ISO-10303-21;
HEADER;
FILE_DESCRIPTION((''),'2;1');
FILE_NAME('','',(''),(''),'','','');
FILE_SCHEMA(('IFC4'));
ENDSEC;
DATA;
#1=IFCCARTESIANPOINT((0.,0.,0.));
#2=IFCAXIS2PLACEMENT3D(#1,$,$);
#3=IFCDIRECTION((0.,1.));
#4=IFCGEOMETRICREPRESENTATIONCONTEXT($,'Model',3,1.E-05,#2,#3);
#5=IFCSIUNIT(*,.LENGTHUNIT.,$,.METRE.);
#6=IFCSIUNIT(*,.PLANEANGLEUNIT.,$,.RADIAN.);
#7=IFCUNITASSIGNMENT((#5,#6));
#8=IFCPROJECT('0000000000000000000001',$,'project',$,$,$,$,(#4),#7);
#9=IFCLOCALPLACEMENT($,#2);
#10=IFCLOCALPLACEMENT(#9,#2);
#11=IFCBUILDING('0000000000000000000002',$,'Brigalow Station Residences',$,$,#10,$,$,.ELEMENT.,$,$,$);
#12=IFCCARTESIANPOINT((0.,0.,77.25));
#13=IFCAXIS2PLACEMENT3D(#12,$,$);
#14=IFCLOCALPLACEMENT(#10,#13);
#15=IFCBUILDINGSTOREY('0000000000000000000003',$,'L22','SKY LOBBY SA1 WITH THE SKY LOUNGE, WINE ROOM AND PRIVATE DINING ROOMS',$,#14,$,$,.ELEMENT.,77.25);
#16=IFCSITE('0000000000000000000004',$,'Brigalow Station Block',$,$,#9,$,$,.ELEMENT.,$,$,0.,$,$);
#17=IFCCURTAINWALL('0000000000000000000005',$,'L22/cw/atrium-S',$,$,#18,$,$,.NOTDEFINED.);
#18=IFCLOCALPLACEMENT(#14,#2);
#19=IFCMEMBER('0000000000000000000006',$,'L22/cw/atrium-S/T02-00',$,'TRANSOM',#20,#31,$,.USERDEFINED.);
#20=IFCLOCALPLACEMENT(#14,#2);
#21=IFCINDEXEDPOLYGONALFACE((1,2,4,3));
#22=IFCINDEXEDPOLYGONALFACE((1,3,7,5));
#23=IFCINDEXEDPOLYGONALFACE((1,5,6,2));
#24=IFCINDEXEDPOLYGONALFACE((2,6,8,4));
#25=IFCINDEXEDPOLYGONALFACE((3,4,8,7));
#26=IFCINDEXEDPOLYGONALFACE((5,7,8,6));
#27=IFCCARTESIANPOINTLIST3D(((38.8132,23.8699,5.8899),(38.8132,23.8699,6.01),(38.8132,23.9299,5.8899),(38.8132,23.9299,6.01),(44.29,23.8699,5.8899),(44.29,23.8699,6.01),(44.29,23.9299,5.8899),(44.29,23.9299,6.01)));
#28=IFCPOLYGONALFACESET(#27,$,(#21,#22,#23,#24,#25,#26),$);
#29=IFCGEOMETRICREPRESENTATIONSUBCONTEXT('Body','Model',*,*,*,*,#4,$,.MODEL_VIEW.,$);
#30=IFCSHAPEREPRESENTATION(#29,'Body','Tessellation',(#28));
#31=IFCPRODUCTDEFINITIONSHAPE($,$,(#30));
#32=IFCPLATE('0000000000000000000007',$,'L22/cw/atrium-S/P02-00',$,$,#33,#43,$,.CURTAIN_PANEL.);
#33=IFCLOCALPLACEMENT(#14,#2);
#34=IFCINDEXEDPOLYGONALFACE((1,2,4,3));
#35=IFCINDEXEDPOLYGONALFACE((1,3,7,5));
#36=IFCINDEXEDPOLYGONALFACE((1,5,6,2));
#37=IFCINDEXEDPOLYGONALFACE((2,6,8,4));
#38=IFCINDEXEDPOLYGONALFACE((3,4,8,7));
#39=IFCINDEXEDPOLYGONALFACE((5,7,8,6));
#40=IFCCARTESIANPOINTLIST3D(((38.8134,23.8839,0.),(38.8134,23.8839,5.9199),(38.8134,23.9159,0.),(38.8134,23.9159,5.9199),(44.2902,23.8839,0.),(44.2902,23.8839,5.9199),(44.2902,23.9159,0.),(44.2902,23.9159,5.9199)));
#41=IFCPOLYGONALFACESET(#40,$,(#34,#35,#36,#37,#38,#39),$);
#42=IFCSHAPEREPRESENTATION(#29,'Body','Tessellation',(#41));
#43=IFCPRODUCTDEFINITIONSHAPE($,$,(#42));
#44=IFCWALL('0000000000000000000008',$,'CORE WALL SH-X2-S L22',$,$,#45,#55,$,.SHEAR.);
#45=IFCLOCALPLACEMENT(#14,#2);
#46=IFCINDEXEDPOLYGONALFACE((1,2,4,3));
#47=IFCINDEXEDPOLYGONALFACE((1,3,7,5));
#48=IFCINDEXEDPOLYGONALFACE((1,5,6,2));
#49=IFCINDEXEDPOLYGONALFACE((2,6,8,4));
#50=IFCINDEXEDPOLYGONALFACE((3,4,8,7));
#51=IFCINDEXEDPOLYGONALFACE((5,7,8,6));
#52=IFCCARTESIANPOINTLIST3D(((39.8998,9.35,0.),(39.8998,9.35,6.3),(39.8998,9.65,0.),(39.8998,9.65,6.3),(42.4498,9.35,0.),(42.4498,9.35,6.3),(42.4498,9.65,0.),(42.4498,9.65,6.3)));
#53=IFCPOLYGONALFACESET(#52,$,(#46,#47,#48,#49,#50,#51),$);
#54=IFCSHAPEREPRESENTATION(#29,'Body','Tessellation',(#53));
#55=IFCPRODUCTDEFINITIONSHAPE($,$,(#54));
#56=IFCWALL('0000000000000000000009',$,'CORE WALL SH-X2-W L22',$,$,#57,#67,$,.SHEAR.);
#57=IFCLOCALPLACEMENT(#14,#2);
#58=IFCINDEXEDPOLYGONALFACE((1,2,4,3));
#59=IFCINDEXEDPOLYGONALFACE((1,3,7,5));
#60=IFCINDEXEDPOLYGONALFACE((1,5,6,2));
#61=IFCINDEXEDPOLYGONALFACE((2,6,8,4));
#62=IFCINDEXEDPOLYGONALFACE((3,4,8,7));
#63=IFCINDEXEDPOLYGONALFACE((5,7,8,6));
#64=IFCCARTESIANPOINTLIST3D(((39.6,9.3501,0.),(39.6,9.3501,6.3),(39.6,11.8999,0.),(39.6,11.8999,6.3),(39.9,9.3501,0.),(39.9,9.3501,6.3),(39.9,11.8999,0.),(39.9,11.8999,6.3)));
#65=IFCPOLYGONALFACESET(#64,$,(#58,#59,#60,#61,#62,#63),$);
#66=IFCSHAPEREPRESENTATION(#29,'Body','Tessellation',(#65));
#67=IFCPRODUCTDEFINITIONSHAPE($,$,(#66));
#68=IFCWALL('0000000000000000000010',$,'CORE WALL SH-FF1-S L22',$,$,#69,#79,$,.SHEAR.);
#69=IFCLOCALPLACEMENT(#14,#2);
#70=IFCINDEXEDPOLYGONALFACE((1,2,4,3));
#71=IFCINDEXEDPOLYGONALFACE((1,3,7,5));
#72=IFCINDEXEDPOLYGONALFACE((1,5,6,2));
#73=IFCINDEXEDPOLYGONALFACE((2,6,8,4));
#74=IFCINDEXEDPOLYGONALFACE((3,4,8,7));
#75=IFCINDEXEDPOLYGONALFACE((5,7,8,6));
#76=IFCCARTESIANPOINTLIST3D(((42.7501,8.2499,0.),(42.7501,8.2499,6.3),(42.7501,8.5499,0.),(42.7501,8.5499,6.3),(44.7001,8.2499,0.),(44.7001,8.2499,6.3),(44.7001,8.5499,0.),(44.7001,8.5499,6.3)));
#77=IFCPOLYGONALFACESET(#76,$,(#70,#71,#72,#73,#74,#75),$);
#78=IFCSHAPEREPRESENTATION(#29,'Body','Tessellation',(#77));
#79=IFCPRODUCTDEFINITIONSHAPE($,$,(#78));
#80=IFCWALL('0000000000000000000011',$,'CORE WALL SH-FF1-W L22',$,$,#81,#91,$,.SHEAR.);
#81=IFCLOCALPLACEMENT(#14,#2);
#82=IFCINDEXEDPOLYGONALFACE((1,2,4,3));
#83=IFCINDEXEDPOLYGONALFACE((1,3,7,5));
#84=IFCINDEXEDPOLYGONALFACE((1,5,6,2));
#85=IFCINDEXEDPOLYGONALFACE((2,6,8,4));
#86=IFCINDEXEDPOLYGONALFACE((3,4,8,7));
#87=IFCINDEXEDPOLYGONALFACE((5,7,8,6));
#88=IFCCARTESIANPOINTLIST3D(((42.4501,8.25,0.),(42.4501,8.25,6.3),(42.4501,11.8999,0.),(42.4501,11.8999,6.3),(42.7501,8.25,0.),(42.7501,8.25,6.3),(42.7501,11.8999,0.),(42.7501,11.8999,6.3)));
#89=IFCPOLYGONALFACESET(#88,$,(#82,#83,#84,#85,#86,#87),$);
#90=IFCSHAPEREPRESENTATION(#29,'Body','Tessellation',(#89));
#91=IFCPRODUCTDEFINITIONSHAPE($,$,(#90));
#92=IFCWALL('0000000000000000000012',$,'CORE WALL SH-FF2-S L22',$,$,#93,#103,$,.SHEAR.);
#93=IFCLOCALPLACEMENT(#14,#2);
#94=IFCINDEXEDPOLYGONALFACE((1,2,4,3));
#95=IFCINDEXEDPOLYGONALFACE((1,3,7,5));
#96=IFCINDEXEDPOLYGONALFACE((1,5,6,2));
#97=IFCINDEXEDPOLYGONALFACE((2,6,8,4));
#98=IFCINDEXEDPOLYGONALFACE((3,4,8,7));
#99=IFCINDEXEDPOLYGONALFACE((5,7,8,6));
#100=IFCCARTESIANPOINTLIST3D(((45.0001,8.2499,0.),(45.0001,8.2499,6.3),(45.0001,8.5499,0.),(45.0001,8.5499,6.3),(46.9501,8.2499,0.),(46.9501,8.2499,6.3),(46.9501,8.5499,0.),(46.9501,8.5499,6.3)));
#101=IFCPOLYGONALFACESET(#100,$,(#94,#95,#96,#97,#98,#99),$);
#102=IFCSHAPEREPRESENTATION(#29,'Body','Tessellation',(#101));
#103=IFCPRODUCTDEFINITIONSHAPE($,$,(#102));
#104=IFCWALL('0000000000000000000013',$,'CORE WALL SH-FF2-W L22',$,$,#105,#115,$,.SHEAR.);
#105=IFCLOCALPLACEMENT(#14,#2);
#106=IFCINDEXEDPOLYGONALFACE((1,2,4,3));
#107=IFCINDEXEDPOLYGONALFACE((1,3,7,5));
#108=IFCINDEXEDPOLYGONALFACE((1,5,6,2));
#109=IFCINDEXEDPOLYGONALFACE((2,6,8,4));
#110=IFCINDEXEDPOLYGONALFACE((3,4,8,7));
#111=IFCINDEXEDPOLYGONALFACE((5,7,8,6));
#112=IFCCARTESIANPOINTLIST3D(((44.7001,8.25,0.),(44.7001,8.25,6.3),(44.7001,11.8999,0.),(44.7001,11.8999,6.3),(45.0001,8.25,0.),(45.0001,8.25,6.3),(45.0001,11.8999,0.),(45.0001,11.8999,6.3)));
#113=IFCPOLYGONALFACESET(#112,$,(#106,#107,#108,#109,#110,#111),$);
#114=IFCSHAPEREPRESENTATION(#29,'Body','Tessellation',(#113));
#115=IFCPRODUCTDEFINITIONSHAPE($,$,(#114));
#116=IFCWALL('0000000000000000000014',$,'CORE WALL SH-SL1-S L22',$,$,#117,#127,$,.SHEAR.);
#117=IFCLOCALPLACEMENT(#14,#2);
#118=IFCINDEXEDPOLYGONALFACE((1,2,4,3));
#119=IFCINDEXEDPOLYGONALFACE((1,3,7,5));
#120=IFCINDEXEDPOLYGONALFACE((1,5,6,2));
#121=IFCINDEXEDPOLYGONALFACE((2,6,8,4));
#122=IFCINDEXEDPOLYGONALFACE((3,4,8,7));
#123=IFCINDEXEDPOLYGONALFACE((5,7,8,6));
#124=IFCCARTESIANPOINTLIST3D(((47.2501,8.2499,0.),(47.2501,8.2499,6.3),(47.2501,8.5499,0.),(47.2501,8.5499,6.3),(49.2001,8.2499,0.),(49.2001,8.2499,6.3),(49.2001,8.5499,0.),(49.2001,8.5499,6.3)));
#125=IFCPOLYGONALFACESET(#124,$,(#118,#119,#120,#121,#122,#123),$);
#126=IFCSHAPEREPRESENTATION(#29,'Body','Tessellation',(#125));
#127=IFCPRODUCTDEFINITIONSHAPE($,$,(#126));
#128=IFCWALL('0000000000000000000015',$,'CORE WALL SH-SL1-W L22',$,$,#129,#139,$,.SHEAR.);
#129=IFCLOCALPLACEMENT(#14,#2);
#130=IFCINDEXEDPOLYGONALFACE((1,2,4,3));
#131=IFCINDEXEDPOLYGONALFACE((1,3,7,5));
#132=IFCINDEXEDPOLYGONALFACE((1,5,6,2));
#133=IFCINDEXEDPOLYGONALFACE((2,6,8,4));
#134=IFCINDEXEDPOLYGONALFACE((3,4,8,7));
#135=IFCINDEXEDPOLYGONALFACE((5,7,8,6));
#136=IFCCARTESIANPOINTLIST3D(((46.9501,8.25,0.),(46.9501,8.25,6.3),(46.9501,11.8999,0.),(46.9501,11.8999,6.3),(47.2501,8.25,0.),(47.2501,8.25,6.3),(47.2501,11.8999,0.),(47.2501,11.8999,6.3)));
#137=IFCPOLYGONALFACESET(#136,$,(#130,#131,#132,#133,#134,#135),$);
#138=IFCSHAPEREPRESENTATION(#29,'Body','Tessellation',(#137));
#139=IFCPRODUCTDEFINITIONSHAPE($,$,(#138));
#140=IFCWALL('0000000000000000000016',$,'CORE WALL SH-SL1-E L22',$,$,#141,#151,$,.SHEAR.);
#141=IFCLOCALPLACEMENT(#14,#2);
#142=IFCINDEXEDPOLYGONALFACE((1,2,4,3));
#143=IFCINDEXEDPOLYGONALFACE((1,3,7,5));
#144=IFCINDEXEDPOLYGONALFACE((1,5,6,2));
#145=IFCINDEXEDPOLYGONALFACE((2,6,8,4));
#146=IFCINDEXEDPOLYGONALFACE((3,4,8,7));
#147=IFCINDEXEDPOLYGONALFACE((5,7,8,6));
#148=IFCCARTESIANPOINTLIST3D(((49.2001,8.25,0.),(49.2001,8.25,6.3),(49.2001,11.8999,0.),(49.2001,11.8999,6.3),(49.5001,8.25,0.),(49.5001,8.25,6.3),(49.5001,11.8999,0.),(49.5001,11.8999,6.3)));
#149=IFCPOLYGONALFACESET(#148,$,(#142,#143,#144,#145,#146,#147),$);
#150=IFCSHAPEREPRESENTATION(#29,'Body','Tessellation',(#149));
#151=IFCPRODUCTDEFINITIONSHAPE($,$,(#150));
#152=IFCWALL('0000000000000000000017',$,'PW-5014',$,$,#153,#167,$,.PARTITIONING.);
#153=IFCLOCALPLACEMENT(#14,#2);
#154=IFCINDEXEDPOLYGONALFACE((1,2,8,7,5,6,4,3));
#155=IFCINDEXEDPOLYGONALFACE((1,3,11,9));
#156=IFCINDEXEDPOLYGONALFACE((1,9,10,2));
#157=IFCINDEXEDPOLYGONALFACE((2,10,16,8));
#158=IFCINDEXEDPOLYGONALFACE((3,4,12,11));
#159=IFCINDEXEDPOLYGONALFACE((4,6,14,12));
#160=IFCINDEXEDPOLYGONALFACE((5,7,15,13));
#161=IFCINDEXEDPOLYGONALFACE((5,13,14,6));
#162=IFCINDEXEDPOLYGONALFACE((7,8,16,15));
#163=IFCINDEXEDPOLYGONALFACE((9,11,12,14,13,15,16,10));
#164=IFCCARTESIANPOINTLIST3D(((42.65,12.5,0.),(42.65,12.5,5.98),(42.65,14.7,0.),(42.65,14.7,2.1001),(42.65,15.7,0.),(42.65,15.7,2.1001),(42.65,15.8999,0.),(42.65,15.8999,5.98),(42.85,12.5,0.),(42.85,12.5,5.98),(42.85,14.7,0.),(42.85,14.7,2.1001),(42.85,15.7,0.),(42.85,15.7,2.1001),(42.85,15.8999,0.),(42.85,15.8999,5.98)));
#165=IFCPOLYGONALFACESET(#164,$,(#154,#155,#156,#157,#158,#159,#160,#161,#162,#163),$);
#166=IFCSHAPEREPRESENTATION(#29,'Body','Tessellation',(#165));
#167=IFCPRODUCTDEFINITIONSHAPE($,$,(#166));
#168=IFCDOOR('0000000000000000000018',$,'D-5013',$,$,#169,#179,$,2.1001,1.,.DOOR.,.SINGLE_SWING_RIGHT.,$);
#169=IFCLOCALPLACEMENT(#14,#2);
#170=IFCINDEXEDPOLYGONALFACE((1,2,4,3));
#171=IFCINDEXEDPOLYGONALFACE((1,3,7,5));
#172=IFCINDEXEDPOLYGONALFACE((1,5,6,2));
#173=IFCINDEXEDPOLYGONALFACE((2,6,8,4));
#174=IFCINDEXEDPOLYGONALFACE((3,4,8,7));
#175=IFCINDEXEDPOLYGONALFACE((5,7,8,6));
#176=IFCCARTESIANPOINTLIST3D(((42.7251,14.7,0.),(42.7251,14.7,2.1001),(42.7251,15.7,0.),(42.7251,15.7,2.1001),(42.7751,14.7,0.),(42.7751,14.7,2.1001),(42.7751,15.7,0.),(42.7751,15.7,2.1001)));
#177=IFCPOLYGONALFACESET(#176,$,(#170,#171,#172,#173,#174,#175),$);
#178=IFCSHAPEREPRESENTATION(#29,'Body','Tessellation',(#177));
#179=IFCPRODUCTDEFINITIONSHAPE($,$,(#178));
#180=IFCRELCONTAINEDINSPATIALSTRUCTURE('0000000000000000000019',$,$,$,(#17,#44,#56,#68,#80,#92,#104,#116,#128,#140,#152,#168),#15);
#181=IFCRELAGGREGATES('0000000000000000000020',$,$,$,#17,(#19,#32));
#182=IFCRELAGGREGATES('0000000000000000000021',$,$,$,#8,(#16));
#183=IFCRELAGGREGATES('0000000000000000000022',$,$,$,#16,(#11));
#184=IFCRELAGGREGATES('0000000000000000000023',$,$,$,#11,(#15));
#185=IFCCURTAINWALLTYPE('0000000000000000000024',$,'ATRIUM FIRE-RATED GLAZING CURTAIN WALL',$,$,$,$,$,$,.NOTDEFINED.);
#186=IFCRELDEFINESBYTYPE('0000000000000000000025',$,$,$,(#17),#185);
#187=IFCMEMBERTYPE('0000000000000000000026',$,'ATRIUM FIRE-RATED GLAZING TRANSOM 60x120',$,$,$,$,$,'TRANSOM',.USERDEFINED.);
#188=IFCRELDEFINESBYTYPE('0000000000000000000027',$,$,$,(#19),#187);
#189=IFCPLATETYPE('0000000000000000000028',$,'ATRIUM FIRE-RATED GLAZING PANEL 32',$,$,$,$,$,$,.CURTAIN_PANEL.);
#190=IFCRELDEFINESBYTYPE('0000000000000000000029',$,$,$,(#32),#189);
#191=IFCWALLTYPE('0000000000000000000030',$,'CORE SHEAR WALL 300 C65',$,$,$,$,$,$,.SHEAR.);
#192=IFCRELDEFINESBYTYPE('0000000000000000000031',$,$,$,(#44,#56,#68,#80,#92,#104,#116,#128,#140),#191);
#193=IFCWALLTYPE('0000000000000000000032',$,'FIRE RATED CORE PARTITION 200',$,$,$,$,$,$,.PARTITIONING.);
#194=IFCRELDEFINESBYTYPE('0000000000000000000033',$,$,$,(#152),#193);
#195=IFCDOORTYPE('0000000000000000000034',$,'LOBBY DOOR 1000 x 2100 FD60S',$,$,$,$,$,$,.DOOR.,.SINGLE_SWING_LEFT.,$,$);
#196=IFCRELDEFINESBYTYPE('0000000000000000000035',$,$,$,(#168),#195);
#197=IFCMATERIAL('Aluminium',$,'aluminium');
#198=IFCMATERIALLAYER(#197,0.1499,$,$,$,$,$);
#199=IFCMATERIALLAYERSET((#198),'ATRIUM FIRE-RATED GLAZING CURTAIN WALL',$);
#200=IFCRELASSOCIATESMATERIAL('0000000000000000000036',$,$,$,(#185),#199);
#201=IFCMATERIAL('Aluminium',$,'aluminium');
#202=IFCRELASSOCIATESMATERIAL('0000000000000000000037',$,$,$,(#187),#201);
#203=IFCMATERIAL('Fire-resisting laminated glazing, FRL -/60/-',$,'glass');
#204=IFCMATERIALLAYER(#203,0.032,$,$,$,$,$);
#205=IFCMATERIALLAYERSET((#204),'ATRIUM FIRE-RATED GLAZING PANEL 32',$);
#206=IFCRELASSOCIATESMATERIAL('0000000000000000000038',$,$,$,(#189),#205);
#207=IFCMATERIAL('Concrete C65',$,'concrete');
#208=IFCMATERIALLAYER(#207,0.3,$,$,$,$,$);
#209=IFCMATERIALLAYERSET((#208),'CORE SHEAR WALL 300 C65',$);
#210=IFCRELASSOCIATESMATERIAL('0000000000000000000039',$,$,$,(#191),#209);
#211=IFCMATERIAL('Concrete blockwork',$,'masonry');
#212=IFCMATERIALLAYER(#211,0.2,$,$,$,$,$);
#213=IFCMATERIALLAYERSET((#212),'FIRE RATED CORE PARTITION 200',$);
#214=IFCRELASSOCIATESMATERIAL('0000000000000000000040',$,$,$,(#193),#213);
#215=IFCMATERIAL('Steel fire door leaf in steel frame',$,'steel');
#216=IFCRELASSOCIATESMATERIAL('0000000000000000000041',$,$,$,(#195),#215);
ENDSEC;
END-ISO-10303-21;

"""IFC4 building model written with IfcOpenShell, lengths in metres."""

from ifc_helpers import new_model, si_unit, direction, frame, frame_2d, origin, origin_2d, place, context, subcontext, project, spatial, rectangle, extrude, material, layer, layer_set, material_profile, profile_set, type_object, element, fill, aggregate, save


model = new_model("IFC4")

# Units and contexts
model_context = context("Model", 3, precision=1e-05, world=origin(), true_north=direction((0.0, 1.0)))
body_context = subcontext(model_context, "Body", "Model", "MODEL_VIEW")
ifc_project = project(units=[si_unit("LENGTHUNIT", "METRE"), si_unit("PLANEANGLEUNIT", "RADIAN")], contexts=[model_context])

# Site, building, storey
site_placement = place(None, origin())
site = spatial("IfcSite", under=ifc_project, at=site_placement, Name="Brigalow Station Block", CompositionType="ELEMENT", RefElevation=0.0)
building_placement = place(site_placement, origin())
building = spatial("IfcBuilding", under=site, at=building_placement, Name="Brigalow Station Residences", CompositionType="ELEMENT")
storey_placement = place(building_placement, frame((0.0, 0.0, 77.25)))
storey = spatial("IfcBuildingStorey", under=building, at=storey_placement, Name="L22", Description="SKY LOBBY SA1 WITH THE SKY LOUNGE, WINE ROOM AND PRIVATE DINING ROOMS", CompositionType="ELEMENT", Elevation=77.25)

# Curtain wall, member, plate
ifc_material_1 = material(Name="Aluminium", Category="aluminium")
ifc_layer_1 = layer(ifc_material_1, 0.1499)
ifc_layer_set_1 = layer_set([ifc_layer_1], Name="ATRIUM FIRE-RATED GLAZING CURTAIN WALL")
curtain_wall_type = type_object("IfcCurtainWallType", Name="ATRIUM FIRE-RATED GLAZING CURTAIN WALL", PredefinedType="NOTDEFINED", material=ifc_layer_set_1)
curtain_wall_placement = place(storey_placement, origin())
curtain_wall = element("IfcCurtainWall", 1, at=curtain_wall_placement, inside=storey, type_object=curtain_wall_type, Name="L22/cw/atrium-S", PredefinedType="NOTDEFINED")
ifc_material_2 = material(Name="Aluminium", Category="aluminium")
ifc_material_profile = material_profile(ifc_material_2, rectangle(XDim=0.0601, YDim=0.1201, at=origin_2d()), Name="ATRIUM FIRE-RATED GLAZING TRANSOM 60x120")
ifc_profile_set = profile_set([ifc_material_profile], Name="Aluminium")
member_type = type_object("IfcMemberType", Name="ATRIUM FIRE-RATED GLAZING TRANSOM 60x120", ElementType="TRANSOM", PredefinedType="USERDEFINED", material=ifc_profile_set)
member_placement = place(storey_placement, frame((38.8132, 23.8999, 5.95), z_axis=(1.0, 0.0, 0.0), x_axis=(0.0, 1.0, 0.0)))
member = element("IfcMember", 2, at=member_placement, type_object=member_type, Name="L22/cw/atrium-S/T02-00", ObjectType="TRANSOM", PredefinedType="USERDEFINED", context=body_context, shape_type="SweptSolid", body=[
    extrude(rectangle(XDim=0.0601, YDim=0.1201, at=origin_2d()), origin(), (0.0, 0.0, 1.0), 5.4768),
])
ifc_material_3 = material(Name="Fire-resisting laminated glazing, FRL -/60/-", Category="glass")
ifc_layer_2 = layer(ifc_material_3, 0.032)
ifc_layer_set_2 = layer_set([ifc_layer_2], Name="ATRIUM FIRE-RATED GLAZING PANEL 32")
plate_type = type_object("IfcPlateType", Name="ATRIUM FIRE-RATED GLAZING PANEL 32", PredefinedType="CURTAIN_PANEL", material=ifc_layer_set_2)
plate_placement = place(storey_placement, frame((41.5518, 23.8999, 0.0), z_axis=(0.0, 0.0, 1.0), x_axis=(1.0, 0.0, 0.0)))
plate = element("IfcPlate", 3, at=plate_placement, type_object=plate_type, Name="L22/cw/atrium-S/P02-00", PredefinedType="CURTAIN_PANEL", context=body_context, shape_type="SweptSolid", body=[
    extrude(rectangle(XDim=5.4768, YDim=0.032, at=origin_2d()), origin(), (0.0, 0.0, 1.0), 5.9199),
])
aggregate(curtain_wall, [member, plate])

# Walls
ifc_material_4 = material(Name="Concrete C65", Category="concrete")
ifc_layer_3 = layer(ifc_material_4, 0.3)
ifc_layer_set_3 = layer_set([ifc_layer_3], Name="CORE SHEAR WALL 300 C65")
wall_type_1 = type_object("IfcWallType", Name="CORE SHEAR WALL 300 C65", PredefinedType="SHEAR", material=ifc_layer_set_3)
wall_1_placement = place(storey_placement, frame((39.8999, 9.5, 0.0), z_axis=(0.0, 0.0, 1.0), x_axis=(1.0, 0.0, 0.0)))
element("IfcWall", 4, at=wall_1_placement, inside=storey, type_object=wall_type_1, Name="CORE WALL SH-X2-S L22", PredefinedType="SHEAR", context=body_context, shape_type="SweptSolid", body=[
    extrude(rectangle(XDim=2.55, YDim=0.3, at=frame_2d((1.2749, 0.0))), origin(), (0.0, 0.0, 1.0), 6.3),
])
wall_2_placement = place(storey_placement, frame((39.75, 9.3501, 0.0), z_axis=(0.0, 0.0, 1.0), x_axis=(0.0, 1.0, 0.0)))
element("IfcWall", 5, at=wall_2_placement, inside=storey, type_object=wall_type_1, Name="CORE WALL SH-X2-W L22", PredefinedType="SHEAR", context=body_context, shape_type="SweptSolid", body=[
    extrude(rectangle(XDim=2.5498, YDim=0.3, at=frame_2d((1.2749, 0.0))), origin(), (0.0, 0.0, 1.0), 6.3),
])
wall_3_placement = place(storey_placement, frame((42.75, 8.3999, 0.0), z_axis=(0.0, 0.0, 1.0), x_axis=(1.0, 0.0, 0.0)))
element("IfcWall", 6, at=wall_3_placement, inside=storey, type_object=wall_type_1, Name="CORE WALL SH-FF1-S L22", PredefinedType="SHEAR", context=body_context, shape_type="SweptSolid", body=[
    extrude(rectangle(XDim=1.95, YDim=0.3, at=frame_2d((0.9751, 0.0))), origin(), (0.0, 0.0, 1.0), 6.3),
])
wall_4_placement = place(storey_placement, frame((42.6001, 8.25, 0.0), z_axis=(0.0, 0.0, 1.0), x_axis=(0.0, 1.0, 0.0)))
element("IfcWall", 7, at=wall_4_placement, inside=storey, type_object=wall_type_1, Name="CORE WALL SH-FF1-W L22", PredefinedType="SHEAR", context=body_context, shape_type="SweptSolid", body=[
    extrude(rectangle(XDim=3.6499, YDim=0.3, at=frame_2d((1.825, 0.0))), origin(), (0.0, 0.0, 1.0), 6.3),
])
wall_5_placement = place(storey_placement, frame((45.0, 8.3999, 0.0), z_axis=(0.0, 0.0, 1.0), x_axis=(1.0, 0.0, 0.0)))
element("IfcWall", 8, at=wall_5_placement, inside=storey, type_object=wall_type_1, Name="CORE WALL SH-FF2-S L22", PredefinedType="SHEAR", context=body_context, shape_type="SweptSolid", body=[
    extrude(rectangle(XDim=1.95, YDim=0.3, at=frame_2d((0.9751, 0.0))), origin(), (0.0, 0.0, 1.0), 6.3),
])
wall_6_placement = place(storey_placement, frame((44.8501, 8.25, 0.0), z_axis=(0.0, 0.0, 1.0), x_axis=(0.0, 1.0, 0.0)))
element("IfcWall", 9, at=wall_6_placement, inside=storey, type_object=wall_type_1, Name="CORE WALL SH-FF2-W L22", PredefinedType="SHEAR", context=body_context, shape_type="SweptSolid", body=[
    extrude(rectangle(XDim=3.6499, YDim=0.3, at=frame_2d((1.825, 0.0))), origin(), (0.0, 0.0, 1.0), 6.3),
])
wall_7_placement = place(storey_placement, frame((47.25, 8.3999, 0.0), z_axis=(0.0, 0.0, 1.0), x_axis=(1.0, 0.0, 0.0)))
element("IfcWall", 10, at=wall_7_placement, inside=storey, type_object=wall_type_1, Name="CORE WALL SH-SL1-S L22", PredefinedType="SHEAR", context=body_context, shape_type="SweptSolid", body=[
    extrude(rectangle(XDim=1.95, YDim=0.3, at=frame_2d((0.9751, 0.0))), origin(), (0.0, 0.0, 1.0), 6.3),
])
for number, where, z_axis, x_axis, name in (
    (11, (47.1001, 8.25, 0.0), (0.0, 0.0, 1.0), (0.0, 1.0, 0.0), "CORE WALL SH-SL1-W L22"),
    (12, (49.3501, 8.25, 0.0), (0.0, 0.0, 1.0), (0.0, 1.0, 0.0), "CORE WALL SH-SL1-E L22"),
):
    element("IfcWall", number, at=place(storey_placement, frame(where, z_axis=z_axis, x_axis=x_axis)), inside=storey, type_object=wall_type_1, Name=name, PredefinedType="SHEAR", context=body_context, shape_type="SweptSolid", body=[
        extrude(rectangle(XDim=3.6499, YDim=0.3, at=frame_2d((1.825, 0.0))), origin(), (0.0, 0.0, 1.0), 6.3),
    ])

# Wall, opening, door
ifc_material_5 = material(Name="Concrete blockwork", Category="masonry")
ifc_layer_4 = layer(ifc_material_5, 0.2)
ifc_layer_set_4 = layer_set([ifc_layer_4], Name="FIRE RATED CORE PARTITION 200")
wall_type_2 = type_object("IfcWallType", Name="FIRE RATED CORE PARTITION 200", PredefinedType="PARTITIONING", material=ifc_layer_set_4)
wall_8_placement = place(storey_placement, frame((42.75, 12.5, 0.0), z_axis=(0.0, 0.0, 1.0), x_axis=(0.0, 1.0, 0.0)))
wall_8 = element("IfcWall", 13, at=wall_8_placement, inside=storey, type_object=wall_type_2, Name="PW-5014", PredefinedType="PARTITIONING", context=body_context, shape_type="SweptSolid", body=[
    extrude(rectangle(XDim=3.3999, YDim=0.2, at=frame_2d((1.7, 0.0))), origin(), (0.0, 0.0, 1.0), 5.98),
])
opening_placement = place(wall_8_placement, frame((2.2, 0.0, 0.0)))
opening = element("IfcOpeningElement", 14, at=opening_placement, cuts=wall_8, PredefinedType="OPENING", context=body_context, shape_type="SweptSolid", body=[
    extrude(rectangle(XDim=1.0, YDim=2.1001, at=frame_2d((0.5, 1.05))), frame((0.0, 0.1099, 0.0), z_axis=(0.0, -1.0, 0.0), x_axis=(1.0, 0.0, 0.0)), (0.0, 0.0, 1.0), 0.22),
])
ifc_material_6 = material(Name="Steel fire door leaf in steel frame", Category="steel")
door_type = type_object("IfcDoorType", Name="LOBBY DOOR 1000 x 2100 FD60S", OperationType="SINGLE_SWING_LEFT", PredefinedType="DOOR", material=ifc_material_6)
door_placement = place(opening_placement, origin())
door = element("IfcDoor", 15, at=door_placement, inside=storey, type_object=door_type, Name="D-5013", OperationType="SINGLE_SWING_RIGHT", OverallHeight=2.1001, OverallWidth=1.0, PredefinedType="DOOR", context=body_context, shape_type="SweptSolid", body=[
    extrude(rectangle(XDim=1.0, YDim=2.1001, at=frame_2d((0.5, 1.05))), frame((0.0, 0.0249, 0.0), z_axis=(0.0, -1.0, 0.0), x_axis=(1.0, 0.0, 0.0)), (0.0, 0.0, 1.0), 0.05),
])
fill(opening, door)

save(model, "model.ifc")
